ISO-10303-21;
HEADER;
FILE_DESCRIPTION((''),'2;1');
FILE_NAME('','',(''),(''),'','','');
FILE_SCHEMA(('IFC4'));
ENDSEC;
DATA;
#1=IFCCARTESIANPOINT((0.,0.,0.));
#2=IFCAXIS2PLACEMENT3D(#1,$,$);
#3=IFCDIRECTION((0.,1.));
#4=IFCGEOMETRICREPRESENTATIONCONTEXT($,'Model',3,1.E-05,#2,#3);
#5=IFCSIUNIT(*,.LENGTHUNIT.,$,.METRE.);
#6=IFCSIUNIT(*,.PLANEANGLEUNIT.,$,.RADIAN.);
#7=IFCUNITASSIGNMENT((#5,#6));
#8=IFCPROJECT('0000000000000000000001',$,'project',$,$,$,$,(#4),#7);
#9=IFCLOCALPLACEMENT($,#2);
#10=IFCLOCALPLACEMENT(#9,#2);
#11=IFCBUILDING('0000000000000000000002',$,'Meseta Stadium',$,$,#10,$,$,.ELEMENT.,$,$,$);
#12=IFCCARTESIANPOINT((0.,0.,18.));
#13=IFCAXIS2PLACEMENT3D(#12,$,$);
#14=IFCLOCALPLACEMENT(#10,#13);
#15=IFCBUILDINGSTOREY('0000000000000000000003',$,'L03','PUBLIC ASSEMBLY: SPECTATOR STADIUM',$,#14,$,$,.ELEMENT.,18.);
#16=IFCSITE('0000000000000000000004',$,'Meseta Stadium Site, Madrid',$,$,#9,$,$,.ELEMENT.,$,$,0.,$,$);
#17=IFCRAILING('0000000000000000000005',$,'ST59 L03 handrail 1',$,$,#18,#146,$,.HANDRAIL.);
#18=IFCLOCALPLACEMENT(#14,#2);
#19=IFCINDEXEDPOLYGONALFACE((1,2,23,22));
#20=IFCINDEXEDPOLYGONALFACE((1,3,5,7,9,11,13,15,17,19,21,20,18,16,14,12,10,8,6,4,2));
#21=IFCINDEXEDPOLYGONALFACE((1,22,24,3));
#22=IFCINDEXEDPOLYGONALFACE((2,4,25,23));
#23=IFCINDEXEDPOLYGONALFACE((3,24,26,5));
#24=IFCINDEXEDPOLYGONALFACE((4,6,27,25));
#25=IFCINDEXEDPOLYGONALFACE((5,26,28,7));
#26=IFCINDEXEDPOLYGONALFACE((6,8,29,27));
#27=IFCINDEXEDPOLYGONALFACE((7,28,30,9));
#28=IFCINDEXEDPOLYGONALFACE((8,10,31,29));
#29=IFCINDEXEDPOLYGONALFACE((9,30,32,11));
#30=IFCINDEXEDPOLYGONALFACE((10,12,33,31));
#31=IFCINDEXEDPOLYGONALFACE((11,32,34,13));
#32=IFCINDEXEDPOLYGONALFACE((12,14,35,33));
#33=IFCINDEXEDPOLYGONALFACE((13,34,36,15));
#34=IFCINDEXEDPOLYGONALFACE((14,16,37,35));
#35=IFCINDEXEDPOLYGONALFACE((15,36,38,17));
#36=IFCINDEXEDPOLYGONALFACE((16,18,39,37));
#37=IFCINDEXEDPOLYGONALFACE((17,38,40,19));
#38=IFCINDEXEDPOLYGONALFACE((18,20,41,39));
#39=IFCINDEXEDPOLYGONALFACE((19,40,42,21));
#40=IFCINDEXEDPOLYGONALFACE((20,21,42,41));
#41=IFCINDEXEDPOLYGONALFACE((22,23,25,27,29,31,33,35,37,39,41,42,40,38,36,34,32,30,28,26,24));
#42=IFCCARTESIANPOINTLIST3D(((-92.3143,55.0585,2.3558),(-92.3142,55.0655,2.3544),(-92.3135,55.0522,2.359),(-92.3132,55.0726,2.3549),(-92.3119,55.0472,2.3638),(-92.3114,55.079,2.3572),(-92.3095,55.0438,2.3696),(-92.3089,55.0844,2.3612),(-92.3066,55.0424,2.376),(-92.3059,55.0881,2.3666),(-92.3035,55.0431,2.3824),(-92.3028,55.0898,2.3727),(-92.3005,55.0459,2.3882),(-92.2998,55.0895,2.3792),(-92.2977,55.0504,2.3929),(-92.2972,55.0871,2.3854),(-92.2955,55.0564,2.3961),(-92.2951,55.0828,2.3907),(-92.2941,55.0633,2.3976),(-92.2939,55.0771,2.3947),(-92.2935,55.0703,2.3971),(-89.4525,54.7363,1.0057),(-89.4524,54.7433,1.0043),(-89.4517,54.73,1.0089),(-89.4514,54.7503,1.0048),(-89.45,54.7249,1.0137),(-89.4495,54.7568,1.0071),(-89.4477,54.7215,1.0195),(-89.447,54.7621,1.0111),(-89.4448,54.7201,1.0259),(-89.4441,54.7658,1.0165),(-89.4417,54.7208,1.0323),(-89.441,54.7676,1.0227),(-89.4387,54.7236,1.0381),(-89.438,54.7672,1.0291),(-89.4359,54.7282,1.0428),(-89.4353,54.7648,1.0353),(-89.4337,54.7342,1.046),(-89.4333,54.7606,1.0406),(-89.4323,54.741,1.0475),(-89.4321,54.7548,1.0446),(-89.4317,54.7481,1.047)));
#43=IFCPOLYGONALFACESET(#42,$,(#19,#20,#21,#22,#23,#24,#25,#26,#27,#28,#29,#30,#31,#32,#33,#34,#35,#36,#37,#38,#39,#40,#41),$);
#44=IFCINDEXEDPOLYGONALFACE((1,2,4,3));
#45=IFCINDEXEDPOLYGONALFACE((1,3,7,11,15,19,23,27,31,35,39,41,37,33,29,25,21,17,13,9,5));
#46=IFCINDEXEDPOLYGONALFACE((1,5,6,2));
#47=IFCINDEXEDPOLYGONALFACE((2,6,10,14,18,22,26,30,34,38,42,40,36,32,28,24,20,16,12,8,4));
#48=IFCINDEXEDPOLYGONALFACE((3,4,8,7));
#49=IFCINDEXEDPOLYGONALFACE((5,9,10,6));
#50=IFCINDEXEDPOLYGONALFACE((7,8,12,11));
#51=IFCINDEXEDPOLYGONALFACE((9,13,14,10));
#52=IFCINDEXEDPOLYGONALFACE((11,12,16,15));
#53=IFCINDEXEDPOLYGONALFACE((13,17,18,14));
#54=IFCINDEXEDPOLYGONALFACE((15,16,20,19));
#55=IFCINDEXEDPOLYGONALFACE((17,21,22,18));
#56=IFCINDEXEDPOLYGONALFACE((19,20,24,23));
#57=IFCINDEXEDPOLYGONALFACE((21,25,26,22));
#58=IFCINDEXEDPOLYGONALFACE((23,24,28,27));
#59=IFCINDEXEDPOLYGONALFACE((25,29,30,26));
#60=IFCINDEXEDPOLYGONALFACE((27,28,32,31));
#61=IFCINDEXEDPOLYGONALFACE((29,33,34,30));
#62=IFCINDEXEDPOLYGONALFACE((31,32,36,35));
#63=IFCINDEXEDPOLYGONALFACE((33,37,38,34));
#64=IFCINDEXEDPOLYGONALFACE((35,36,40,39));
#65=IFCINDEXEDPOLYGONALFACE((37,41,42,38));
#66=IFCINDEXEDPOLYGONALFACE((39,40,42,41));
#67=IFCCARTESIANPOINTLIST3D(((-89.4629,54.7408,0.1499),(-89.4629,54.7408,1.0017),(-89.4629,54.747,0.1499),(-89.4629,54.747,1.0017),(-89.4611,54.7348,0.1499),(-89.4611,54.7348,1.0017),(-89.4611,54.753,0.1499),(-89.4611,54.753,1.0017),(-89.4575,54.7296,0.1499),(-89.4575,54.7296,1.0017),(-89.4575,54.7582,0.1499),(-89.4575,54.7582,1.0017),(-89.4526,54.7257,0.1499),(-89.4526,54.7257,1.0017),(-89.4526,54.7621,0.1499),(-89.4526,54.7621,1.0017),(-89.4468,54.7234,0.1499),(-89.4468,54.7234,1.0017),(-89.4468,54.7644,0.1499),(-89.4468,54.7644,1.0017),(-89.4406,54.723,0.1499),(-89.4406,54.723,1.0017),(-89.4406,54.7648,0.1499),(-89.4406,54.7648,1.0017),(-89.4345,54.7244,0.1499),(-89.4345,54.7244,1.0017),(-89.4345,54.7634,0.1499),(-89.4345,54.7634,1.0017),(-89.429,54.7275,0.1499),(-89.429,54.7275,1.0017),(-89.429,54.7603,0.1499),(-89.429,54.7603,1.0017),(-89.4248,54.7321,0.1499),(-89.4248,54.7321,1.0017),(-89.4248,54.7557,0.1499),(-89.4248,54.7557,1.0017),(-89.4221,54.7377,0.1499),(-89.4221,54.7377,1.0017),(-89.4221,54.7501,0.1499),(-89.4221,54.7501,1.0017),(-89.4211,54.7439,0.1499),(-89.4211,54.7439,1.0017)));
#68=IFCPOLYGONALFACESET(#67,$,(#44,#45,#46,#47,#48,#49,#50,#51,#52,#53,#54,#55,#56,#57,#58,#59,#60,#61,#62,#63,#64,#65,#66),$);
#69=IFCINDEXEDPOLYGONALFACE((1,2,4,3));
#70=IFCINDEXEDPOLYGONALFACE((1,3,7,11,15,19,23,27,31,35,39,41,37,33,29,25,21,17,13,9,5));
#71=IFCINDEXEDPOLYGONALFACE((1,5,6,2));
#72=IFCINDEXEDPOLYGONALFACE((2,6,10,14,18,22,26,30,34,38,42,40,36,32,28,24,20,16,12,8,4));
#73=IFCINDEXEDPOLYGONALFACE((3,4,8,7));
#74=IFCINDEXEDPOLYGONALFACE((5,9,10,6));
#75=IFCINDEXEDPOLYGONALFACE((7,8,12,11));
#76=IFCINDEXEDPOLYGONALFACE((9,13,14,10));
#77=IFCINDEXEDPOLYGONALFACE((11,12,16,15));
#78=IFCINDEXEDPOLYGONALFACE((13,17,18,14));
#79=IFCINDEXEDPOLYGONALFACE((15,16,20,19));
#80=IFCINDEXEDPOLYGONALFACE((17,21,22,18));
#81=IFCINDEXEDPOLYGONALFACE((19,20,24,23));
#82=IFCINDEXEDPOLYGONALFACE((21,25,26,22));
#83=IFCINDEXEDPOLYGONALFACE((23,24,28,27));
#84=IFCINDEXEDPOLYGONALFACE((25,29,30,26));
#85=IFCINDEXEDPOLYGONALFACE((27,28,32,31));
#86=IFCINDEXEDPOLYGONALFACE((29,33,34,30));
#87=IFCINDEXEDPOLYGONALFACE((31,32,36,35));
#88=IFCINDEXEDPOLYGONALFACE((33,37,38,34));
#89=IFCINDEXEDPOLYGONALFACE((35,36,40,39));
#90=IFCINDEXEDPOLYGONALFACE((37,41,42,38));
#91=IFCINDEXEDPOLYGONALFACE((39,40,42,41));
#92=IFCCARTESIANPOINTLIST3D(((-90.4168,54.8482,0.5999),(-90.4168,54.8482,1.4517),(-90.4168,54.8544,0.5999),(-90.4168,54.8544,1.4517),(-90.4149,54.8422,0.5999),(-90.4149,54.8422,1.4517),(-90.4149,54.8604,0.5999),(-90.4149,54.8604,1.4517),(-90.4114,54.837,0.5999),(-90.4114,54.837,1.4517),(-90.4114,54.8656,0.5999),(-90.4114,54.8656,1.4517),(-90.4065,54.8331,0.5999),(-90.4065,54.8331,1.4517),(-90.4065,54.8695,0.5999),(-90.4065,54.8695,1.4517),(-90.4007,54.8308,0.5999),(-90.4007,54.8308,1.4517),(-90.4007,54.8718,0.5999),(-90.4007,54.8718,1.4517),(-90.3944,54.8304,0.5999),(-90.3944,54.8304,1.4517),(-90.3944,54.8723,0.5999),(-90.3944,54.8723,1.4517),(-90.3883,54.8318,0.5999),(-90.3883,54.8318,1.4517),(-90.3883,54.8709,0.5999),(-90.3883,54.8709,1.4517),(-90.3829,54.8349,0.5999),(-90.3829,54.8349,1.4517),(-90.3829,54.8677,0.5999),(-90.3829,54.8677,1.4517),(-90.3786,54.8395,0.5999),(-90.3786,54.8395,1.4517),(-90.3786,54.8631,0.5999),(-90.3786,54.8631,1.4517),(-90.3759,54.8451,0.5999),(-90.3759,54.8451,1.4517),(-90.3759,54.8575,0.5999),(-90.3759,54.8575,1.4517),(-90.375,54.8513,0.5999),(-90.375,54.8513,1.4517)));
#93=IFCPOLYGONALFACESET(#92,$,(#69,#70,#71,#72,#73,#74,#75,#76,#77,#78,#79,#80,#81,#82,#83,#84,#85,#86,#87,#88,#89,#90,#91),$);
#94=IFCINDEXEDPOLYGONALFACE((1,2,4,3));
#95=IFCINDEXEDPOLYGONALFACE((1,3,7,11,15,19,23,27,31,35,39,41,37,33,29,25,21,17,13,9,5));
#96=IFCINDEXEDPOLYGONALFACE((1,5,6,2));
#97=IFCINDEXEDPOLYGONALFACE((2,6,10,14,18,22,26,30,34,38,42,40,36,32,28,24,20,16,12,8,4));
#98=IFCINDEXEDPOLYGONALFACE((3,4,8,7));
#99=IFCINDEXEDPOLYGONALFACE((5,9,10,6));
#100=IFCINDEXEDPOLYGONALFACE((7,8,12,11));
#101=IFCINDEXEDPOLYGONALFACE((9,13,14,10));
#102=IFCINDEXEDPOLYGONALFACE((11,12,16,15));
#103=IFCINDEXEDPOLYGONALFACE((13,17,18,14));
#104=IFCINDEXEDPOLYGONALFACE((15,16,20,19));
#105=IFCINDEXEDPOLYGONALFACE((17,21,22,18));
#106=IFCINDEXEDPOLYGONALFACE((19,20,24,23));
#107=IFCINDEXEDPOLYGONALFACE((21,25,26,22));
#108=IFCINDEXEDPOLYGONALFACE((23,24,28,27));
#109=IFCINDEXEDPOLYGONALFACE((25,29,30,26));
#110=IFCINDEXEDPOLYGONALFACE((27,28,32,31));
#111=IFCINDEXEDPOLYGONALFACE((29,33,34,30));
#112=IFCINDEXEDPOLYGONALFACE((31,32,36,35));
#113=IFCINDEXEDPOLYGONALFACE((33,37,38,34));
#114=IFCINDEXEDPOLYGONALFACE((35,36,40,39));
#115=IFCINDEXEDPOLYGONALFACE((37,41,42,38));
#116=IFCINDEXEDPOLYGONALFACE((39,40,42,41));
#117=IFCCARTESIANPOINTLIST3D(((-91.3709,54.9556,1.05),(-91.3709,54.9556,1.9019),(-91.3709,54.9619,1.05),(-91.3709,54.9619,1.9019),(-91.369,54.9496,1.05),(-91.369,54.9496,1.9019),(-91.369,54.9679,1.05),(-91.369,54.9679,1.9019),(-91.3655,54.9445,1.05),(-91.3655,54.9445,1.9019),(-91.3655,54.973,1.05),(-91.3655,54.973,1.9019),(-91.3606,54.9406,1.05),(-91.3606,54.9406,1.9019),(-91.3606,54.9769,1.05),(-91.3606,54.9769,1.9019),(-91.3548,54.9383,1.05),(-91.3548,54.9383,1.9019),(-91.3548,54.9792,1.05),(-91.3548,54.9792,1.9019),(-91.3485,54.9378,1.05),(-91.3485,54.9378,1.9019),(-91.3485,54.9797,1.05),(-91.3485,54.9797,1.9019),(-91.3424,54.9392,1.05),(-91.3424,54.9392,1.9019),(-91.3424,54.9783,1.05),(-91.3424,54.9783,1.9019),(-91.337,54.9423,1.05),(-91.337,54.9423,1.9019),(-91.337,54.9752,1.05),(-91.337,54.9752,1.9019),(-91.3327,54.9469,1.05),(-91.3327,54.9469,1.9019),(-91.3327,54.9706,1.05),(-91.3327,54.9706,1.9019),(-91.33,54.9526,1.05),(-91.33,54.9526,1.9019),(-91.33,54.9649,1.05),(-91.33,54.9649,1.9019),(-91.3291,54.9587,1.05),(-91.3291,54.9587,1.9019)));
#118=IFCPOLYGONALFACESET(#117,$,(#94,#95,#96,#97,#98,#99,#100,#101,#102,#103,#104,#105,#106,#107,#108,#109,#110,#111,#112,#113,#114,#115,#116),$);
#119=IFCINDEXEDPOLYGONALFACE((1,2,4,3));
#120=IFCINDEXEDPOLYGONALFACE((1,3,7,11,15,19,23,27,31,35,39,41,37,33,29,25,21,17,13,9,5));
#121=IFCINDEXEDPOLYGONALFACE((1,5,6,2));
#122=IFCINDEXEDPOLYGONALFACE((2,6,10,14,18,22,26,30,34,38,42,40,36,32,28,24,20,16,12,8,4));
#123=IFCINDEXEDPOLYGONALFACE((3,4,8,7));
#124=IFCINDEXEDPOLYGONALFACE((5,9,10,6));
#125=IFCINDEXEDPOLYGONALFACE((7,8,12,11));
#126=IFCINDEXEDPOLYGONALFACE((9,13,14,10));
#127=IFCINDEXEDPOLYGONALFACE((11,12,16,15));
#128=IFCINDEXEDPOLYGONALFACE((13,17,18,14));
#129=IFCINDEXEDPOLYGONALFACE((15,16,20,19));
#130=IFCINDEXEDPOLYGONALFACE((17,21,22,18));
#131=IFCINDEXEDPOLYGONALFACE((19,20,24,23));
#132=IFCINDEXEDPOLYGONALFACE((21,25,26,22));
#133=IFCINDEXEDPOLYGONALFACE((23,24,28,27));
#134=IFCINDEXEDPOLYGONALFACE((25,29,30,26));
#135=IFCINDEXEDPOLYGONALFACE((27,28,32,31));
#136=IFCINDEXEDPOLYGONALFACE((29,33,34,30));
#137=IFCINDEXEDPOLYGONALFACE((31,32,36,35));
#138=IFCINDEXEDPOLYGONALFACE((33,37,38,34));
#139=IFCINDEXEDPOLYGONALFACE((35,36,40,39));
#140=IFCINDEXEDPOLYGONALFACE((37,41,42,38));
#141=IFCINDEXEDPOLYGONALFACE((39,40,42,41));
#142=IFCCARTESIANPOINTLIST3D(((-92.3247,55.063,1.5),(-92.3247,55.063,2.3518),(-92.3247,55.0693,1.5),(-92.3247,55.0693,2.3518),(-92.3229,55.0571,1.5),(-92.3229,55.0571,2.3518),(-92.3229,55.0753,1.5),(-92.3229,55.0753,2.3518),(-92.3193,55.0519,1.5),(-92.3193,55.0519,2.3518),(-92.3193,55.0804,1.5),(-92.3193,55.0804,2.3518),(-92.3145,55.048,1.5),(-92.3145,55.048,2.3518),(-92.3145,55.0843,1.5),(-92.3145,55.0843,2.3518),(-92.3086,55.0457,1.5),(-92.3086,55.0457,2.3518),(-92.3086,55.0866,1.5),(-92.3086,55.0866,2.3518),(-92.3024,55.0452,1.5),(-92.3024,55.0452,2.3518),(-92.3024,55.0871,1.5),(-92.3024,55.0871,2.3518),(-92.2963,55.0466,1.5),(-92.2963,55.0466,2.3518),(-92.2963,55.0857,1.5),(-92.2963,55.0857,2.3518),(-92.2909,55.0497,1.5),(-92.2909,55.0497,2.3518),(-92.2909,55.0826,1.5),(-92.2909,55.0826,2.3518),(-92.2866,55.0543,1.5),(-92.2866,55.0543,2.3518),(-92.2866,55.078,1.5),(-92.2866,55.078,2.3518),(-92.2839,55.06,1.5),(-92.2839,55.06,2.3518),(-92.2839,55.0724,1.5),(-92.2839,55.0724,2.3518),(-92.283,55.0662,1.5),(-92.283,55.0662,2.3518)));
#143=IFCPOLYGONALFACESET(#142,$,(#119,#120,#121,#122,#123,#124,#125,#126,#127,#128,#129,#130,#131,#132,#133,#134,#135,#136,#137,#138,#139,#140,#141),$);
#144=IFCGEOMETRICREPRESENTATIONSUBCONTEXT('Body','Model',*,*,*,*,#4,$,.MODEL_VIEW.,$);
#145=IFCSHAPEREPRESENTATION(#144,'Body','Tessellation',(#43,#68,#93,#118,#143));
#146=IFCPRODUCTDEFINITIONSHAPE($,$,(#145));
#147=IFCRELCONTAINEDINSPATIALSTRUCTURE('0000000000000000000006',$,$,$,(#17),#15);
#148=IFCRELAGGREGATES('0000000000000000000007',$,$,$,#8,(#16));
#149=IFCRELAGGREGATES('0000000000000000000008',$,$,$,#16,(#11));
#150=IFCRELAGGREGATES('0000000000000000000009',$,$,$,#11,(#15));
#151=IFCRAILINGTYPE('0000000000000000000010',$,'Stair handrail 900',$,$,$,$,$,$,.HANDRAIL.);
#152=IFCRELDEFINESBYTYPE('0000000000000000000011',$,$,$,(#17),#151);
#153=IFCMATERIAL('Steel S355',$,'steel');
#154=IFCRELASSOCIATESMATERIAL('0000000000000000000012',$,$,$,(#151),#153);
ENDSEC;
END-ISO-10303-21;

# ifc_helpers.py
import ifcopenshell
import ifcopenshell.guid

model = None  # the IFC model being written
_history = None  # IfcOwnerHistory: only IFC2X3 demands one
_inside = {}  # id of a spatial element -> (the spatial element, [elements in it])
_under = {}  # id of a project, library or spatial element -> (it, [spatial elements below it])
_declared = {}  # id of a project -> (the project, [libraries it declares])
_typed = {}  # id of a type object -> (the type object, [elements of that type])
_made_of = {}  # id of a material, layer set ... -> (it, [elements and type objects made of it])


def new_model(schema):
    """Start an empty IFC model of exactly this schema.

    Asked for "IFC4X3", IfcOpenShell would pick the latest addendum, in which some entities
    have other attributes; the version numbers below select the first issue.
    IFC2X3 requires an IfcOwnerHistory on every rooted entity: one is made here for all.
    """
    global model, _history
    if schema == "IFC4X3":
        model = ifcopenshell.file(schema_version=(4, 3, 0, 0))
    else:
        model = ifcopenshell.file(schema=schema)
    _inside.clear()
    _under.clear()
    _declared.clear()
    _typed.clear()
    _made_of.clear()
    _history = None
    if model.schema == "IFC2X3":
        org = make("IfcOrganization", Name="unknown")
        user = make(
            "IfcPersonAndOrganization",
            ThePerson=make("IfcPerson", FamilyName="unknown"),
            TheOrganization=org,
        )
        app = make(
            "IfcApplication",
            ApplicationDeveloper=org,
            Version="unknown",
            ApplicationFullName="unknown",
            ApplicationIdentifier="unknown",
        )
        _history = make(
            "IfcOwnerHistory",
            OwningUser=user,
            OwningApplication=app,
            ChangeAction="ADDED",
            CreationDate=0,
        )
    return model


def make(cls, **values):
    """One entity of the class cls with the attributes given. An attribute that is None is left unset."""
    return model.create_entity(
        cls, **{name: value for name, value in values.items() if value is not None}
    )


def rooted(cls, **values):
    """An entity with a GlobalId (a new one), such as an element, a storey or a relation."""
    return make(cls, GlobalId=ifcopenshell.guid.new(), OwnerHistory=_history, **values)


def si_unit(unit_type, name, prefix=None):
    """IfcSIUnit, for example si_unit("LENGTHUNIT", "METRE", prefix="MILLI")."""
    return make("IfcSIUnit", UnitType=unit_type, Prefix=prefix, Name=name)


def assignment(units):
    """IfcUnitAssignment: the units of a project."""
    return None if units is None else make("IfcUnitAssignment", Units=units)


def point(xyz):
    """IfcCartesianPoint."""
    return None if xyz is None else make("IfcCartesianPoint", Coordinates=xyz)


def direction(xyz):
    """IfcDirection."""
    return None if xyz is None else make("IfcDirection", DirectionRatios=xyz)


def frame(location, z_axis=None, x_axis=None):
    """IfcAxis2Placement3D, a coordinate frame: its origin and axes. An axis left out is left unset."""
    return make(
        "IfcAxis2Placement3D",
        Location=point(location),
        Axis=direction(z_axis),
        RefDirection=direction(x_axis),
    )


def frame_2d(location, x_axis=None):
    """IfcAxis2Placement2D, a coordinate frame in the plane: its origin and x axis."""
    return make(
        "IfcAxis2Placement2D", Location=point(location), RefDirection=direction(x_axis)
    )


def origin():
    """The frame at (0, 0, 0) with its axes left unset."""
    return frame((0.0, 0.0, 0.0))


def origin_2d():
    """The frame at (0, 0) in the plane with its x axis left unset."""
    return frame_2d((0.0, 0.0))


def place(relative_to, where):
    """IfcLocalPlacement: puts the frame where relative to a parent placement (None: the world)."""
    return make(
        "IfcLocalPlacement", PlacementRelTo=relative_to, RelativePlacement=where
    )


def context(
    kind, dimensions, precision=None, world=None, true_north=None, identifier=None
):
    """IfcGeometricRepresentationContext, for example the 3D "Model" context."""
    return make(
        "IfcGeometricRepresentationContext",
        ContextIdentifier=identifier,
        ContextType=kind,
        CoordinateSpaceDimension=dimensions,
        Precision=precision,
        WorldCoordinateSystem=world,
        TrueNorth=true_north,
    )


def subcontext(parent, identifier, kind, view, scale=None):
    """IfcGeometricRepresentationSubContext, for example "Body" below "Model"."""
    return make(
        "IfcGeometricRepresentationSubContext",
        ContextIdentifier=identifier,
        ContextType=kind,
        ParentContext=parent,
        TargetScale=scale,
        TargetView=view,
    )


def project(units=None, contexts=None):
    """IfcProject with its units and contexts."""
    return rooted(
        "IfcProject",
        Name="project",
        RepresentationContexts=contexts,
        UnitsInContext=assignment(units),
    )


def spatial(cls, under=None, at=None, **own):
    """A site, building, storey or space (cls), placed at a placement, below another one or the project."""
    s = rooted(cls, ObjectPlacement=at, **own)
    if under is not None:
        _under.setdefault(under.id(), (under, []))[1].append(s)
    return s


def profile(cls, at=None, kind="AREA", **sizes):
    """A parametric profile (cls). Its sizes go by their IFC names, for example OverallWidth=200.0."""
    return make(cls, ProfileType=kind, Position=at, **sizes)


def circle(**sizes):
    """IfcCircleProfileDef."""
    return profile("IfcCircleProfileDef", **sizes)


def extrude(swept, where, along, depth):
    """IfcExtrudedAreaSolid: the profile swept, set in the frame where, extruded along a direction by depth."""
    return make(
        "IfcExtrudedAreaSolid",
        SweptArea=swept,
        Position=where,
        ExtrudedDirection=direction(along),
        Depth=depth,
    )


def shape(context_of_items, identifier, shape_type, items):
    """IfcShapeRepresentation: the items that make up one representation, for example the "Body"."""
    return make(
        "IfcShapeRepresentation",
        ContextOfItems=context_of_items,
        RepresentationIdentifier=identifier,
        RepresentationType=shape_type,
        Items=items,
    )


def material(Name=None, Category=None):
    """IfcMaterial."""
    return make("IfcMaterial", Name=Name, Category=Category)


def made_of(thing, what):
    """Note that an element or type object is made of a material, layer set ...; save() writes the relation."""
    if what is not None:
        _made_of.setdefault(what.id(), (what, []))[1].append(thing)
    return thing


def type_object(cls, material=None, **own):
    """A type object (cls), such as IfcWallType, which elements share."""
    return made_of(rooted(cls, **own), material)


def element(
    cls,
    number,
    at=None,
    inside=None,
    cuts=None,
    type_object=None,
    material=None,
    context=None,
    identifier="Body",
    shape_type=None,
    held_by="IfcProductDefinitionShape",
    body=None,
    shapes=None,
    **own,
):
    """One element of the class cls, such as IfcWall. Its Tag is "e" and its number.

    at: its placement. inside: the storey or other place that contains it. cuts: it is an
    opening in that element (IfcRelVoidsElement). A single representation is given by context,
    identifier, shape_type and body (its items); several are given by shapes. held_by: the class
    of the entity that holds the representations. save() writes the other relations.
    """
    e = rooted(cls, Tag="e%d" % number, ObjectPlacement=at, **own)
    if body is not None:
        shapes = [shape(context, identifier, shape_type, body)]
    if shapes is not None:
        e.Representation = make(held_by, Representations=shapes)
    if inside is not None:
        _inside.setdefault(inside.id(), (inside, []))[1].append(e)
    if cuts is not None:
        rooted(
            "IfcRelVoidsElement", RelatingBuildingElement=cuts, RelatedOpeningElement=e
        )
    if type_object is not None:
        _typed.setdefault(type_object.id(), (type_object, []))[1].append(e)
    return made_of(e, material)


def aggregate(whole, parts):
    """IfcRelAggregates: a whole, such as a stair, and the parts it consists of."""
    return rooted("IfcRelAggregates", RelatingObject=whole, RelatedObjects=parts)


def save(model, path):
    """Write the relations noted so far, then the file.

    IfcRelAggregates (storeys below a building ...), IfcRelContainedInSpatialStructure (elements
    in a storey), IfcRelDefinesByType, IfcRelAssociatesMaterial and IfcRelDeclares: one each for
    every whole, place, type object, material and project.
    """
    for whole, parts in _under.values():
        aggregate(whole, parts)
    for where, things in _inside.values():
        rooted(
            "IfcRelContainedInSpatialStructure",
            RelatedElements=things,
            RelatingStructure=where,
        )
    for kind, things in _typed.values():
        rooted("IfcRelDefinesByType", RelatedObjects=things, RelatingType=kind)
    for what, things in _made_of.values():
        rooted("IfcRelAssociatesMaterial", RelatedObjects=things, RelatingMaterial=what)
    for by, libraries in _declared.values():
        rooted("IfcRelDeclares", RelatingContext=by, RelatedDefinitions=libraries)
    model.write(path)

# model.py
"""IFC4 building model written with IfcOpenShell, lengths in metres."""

from ifc_helpers import new_model, si_unit, direction, frame, origin, origin_2d, place, context, subcontext, project, spatial, circle, extrude, material, type_object, element, save


model = new_model("IFC4")

# Units and contexts
model_context = context("Model", 3, precision=1e-05, world=origin(), true_north=direction((0.0, 1.0)))
body_context = subcontext(model_context, "Body", "Model", "MODEL_VIEW")
ifc_project = project(units=[si_unit("LENGTHUNIT", "METRE"), si_unit("PLANEANGLEUNIT", "RADIAN")], contexts=[model_context])

# Site, building, storey
site_placement = place(None, origin())
site = spatial("IfcSite", under=ifc_project, at=site_placement, Name="Meseta Stadium Site, Madrid", CompositionType="ELEMENT", RefElevation=0.0)
building_placement = place(site_placement, origin())
building = spatial("IfcBuilding", under=site, at=building_placement, Name="Meseta Stadium", CompositionType="ELEMENT")
storey_placement = place(building_placement, frame((0.0, 0.0, 18.0)))
storey = spatial("IfcBuildingStorey", under=building, at=storey_placement, Name="L03", Description="PUBLIC ASSEMBLY: SPECTATOR STADIUM", CompositionType="ELEMENT", Elevation=18.0)

# Railing
ifc_material_1 = material(Name="Steel S355", Category="steel")
railing_type_1 = type_object("IfcRailingType", Name="Stair handrail 900", PredefinedType="HANDRAIL", material=ifc_material_1)
for number, where, name in (
    (1, (-89.4421, 54.7439, 0.1499), "ST59 L03 handrail 1"),
):
    element("IfcRailing", number, at=place(storey_placement, frame(where)), inside=storey, type_object=railing_type_1, Name=name, PredefinedType="HANDRAIL", context=body_context, shape_type="SweptSolid", body=[
        extrude(circle(Radius=0.0239, at=origin_2d()), frame((0.0, 0.0, 0.876), z_axis=(-0.899755, 0.10132, 0.424471), x_axis=(-0.111902, -0.993719, 0.0)), (0.0, 0.0, 1.0), 3.1807),
        extrude(circle(Radius=0.021, at=origin_2d()), origin(), (0.0, 0.0, 1.0), 0.8518),
        extrude(circle(Radius=0.021, at=origin_2d()), frame((-0.9539, 0.1074, 0.45)), (0.0, 0.0, 1.0), 0.8518),
        extrude(circle(Radius=0.021, at=origin_2d()), frame((-1.908, 0.2148, 0.9001)), (0.0, 0.0, 1.0), 0.8518),
        extrude(circle(Radius=0.021, at=origin_2d()), frame((-2.8618, 0.3223, 1.3501)), (0.0, 0.0, 1.0), 0.8518),
    ])

save(model, "model.ifc")
